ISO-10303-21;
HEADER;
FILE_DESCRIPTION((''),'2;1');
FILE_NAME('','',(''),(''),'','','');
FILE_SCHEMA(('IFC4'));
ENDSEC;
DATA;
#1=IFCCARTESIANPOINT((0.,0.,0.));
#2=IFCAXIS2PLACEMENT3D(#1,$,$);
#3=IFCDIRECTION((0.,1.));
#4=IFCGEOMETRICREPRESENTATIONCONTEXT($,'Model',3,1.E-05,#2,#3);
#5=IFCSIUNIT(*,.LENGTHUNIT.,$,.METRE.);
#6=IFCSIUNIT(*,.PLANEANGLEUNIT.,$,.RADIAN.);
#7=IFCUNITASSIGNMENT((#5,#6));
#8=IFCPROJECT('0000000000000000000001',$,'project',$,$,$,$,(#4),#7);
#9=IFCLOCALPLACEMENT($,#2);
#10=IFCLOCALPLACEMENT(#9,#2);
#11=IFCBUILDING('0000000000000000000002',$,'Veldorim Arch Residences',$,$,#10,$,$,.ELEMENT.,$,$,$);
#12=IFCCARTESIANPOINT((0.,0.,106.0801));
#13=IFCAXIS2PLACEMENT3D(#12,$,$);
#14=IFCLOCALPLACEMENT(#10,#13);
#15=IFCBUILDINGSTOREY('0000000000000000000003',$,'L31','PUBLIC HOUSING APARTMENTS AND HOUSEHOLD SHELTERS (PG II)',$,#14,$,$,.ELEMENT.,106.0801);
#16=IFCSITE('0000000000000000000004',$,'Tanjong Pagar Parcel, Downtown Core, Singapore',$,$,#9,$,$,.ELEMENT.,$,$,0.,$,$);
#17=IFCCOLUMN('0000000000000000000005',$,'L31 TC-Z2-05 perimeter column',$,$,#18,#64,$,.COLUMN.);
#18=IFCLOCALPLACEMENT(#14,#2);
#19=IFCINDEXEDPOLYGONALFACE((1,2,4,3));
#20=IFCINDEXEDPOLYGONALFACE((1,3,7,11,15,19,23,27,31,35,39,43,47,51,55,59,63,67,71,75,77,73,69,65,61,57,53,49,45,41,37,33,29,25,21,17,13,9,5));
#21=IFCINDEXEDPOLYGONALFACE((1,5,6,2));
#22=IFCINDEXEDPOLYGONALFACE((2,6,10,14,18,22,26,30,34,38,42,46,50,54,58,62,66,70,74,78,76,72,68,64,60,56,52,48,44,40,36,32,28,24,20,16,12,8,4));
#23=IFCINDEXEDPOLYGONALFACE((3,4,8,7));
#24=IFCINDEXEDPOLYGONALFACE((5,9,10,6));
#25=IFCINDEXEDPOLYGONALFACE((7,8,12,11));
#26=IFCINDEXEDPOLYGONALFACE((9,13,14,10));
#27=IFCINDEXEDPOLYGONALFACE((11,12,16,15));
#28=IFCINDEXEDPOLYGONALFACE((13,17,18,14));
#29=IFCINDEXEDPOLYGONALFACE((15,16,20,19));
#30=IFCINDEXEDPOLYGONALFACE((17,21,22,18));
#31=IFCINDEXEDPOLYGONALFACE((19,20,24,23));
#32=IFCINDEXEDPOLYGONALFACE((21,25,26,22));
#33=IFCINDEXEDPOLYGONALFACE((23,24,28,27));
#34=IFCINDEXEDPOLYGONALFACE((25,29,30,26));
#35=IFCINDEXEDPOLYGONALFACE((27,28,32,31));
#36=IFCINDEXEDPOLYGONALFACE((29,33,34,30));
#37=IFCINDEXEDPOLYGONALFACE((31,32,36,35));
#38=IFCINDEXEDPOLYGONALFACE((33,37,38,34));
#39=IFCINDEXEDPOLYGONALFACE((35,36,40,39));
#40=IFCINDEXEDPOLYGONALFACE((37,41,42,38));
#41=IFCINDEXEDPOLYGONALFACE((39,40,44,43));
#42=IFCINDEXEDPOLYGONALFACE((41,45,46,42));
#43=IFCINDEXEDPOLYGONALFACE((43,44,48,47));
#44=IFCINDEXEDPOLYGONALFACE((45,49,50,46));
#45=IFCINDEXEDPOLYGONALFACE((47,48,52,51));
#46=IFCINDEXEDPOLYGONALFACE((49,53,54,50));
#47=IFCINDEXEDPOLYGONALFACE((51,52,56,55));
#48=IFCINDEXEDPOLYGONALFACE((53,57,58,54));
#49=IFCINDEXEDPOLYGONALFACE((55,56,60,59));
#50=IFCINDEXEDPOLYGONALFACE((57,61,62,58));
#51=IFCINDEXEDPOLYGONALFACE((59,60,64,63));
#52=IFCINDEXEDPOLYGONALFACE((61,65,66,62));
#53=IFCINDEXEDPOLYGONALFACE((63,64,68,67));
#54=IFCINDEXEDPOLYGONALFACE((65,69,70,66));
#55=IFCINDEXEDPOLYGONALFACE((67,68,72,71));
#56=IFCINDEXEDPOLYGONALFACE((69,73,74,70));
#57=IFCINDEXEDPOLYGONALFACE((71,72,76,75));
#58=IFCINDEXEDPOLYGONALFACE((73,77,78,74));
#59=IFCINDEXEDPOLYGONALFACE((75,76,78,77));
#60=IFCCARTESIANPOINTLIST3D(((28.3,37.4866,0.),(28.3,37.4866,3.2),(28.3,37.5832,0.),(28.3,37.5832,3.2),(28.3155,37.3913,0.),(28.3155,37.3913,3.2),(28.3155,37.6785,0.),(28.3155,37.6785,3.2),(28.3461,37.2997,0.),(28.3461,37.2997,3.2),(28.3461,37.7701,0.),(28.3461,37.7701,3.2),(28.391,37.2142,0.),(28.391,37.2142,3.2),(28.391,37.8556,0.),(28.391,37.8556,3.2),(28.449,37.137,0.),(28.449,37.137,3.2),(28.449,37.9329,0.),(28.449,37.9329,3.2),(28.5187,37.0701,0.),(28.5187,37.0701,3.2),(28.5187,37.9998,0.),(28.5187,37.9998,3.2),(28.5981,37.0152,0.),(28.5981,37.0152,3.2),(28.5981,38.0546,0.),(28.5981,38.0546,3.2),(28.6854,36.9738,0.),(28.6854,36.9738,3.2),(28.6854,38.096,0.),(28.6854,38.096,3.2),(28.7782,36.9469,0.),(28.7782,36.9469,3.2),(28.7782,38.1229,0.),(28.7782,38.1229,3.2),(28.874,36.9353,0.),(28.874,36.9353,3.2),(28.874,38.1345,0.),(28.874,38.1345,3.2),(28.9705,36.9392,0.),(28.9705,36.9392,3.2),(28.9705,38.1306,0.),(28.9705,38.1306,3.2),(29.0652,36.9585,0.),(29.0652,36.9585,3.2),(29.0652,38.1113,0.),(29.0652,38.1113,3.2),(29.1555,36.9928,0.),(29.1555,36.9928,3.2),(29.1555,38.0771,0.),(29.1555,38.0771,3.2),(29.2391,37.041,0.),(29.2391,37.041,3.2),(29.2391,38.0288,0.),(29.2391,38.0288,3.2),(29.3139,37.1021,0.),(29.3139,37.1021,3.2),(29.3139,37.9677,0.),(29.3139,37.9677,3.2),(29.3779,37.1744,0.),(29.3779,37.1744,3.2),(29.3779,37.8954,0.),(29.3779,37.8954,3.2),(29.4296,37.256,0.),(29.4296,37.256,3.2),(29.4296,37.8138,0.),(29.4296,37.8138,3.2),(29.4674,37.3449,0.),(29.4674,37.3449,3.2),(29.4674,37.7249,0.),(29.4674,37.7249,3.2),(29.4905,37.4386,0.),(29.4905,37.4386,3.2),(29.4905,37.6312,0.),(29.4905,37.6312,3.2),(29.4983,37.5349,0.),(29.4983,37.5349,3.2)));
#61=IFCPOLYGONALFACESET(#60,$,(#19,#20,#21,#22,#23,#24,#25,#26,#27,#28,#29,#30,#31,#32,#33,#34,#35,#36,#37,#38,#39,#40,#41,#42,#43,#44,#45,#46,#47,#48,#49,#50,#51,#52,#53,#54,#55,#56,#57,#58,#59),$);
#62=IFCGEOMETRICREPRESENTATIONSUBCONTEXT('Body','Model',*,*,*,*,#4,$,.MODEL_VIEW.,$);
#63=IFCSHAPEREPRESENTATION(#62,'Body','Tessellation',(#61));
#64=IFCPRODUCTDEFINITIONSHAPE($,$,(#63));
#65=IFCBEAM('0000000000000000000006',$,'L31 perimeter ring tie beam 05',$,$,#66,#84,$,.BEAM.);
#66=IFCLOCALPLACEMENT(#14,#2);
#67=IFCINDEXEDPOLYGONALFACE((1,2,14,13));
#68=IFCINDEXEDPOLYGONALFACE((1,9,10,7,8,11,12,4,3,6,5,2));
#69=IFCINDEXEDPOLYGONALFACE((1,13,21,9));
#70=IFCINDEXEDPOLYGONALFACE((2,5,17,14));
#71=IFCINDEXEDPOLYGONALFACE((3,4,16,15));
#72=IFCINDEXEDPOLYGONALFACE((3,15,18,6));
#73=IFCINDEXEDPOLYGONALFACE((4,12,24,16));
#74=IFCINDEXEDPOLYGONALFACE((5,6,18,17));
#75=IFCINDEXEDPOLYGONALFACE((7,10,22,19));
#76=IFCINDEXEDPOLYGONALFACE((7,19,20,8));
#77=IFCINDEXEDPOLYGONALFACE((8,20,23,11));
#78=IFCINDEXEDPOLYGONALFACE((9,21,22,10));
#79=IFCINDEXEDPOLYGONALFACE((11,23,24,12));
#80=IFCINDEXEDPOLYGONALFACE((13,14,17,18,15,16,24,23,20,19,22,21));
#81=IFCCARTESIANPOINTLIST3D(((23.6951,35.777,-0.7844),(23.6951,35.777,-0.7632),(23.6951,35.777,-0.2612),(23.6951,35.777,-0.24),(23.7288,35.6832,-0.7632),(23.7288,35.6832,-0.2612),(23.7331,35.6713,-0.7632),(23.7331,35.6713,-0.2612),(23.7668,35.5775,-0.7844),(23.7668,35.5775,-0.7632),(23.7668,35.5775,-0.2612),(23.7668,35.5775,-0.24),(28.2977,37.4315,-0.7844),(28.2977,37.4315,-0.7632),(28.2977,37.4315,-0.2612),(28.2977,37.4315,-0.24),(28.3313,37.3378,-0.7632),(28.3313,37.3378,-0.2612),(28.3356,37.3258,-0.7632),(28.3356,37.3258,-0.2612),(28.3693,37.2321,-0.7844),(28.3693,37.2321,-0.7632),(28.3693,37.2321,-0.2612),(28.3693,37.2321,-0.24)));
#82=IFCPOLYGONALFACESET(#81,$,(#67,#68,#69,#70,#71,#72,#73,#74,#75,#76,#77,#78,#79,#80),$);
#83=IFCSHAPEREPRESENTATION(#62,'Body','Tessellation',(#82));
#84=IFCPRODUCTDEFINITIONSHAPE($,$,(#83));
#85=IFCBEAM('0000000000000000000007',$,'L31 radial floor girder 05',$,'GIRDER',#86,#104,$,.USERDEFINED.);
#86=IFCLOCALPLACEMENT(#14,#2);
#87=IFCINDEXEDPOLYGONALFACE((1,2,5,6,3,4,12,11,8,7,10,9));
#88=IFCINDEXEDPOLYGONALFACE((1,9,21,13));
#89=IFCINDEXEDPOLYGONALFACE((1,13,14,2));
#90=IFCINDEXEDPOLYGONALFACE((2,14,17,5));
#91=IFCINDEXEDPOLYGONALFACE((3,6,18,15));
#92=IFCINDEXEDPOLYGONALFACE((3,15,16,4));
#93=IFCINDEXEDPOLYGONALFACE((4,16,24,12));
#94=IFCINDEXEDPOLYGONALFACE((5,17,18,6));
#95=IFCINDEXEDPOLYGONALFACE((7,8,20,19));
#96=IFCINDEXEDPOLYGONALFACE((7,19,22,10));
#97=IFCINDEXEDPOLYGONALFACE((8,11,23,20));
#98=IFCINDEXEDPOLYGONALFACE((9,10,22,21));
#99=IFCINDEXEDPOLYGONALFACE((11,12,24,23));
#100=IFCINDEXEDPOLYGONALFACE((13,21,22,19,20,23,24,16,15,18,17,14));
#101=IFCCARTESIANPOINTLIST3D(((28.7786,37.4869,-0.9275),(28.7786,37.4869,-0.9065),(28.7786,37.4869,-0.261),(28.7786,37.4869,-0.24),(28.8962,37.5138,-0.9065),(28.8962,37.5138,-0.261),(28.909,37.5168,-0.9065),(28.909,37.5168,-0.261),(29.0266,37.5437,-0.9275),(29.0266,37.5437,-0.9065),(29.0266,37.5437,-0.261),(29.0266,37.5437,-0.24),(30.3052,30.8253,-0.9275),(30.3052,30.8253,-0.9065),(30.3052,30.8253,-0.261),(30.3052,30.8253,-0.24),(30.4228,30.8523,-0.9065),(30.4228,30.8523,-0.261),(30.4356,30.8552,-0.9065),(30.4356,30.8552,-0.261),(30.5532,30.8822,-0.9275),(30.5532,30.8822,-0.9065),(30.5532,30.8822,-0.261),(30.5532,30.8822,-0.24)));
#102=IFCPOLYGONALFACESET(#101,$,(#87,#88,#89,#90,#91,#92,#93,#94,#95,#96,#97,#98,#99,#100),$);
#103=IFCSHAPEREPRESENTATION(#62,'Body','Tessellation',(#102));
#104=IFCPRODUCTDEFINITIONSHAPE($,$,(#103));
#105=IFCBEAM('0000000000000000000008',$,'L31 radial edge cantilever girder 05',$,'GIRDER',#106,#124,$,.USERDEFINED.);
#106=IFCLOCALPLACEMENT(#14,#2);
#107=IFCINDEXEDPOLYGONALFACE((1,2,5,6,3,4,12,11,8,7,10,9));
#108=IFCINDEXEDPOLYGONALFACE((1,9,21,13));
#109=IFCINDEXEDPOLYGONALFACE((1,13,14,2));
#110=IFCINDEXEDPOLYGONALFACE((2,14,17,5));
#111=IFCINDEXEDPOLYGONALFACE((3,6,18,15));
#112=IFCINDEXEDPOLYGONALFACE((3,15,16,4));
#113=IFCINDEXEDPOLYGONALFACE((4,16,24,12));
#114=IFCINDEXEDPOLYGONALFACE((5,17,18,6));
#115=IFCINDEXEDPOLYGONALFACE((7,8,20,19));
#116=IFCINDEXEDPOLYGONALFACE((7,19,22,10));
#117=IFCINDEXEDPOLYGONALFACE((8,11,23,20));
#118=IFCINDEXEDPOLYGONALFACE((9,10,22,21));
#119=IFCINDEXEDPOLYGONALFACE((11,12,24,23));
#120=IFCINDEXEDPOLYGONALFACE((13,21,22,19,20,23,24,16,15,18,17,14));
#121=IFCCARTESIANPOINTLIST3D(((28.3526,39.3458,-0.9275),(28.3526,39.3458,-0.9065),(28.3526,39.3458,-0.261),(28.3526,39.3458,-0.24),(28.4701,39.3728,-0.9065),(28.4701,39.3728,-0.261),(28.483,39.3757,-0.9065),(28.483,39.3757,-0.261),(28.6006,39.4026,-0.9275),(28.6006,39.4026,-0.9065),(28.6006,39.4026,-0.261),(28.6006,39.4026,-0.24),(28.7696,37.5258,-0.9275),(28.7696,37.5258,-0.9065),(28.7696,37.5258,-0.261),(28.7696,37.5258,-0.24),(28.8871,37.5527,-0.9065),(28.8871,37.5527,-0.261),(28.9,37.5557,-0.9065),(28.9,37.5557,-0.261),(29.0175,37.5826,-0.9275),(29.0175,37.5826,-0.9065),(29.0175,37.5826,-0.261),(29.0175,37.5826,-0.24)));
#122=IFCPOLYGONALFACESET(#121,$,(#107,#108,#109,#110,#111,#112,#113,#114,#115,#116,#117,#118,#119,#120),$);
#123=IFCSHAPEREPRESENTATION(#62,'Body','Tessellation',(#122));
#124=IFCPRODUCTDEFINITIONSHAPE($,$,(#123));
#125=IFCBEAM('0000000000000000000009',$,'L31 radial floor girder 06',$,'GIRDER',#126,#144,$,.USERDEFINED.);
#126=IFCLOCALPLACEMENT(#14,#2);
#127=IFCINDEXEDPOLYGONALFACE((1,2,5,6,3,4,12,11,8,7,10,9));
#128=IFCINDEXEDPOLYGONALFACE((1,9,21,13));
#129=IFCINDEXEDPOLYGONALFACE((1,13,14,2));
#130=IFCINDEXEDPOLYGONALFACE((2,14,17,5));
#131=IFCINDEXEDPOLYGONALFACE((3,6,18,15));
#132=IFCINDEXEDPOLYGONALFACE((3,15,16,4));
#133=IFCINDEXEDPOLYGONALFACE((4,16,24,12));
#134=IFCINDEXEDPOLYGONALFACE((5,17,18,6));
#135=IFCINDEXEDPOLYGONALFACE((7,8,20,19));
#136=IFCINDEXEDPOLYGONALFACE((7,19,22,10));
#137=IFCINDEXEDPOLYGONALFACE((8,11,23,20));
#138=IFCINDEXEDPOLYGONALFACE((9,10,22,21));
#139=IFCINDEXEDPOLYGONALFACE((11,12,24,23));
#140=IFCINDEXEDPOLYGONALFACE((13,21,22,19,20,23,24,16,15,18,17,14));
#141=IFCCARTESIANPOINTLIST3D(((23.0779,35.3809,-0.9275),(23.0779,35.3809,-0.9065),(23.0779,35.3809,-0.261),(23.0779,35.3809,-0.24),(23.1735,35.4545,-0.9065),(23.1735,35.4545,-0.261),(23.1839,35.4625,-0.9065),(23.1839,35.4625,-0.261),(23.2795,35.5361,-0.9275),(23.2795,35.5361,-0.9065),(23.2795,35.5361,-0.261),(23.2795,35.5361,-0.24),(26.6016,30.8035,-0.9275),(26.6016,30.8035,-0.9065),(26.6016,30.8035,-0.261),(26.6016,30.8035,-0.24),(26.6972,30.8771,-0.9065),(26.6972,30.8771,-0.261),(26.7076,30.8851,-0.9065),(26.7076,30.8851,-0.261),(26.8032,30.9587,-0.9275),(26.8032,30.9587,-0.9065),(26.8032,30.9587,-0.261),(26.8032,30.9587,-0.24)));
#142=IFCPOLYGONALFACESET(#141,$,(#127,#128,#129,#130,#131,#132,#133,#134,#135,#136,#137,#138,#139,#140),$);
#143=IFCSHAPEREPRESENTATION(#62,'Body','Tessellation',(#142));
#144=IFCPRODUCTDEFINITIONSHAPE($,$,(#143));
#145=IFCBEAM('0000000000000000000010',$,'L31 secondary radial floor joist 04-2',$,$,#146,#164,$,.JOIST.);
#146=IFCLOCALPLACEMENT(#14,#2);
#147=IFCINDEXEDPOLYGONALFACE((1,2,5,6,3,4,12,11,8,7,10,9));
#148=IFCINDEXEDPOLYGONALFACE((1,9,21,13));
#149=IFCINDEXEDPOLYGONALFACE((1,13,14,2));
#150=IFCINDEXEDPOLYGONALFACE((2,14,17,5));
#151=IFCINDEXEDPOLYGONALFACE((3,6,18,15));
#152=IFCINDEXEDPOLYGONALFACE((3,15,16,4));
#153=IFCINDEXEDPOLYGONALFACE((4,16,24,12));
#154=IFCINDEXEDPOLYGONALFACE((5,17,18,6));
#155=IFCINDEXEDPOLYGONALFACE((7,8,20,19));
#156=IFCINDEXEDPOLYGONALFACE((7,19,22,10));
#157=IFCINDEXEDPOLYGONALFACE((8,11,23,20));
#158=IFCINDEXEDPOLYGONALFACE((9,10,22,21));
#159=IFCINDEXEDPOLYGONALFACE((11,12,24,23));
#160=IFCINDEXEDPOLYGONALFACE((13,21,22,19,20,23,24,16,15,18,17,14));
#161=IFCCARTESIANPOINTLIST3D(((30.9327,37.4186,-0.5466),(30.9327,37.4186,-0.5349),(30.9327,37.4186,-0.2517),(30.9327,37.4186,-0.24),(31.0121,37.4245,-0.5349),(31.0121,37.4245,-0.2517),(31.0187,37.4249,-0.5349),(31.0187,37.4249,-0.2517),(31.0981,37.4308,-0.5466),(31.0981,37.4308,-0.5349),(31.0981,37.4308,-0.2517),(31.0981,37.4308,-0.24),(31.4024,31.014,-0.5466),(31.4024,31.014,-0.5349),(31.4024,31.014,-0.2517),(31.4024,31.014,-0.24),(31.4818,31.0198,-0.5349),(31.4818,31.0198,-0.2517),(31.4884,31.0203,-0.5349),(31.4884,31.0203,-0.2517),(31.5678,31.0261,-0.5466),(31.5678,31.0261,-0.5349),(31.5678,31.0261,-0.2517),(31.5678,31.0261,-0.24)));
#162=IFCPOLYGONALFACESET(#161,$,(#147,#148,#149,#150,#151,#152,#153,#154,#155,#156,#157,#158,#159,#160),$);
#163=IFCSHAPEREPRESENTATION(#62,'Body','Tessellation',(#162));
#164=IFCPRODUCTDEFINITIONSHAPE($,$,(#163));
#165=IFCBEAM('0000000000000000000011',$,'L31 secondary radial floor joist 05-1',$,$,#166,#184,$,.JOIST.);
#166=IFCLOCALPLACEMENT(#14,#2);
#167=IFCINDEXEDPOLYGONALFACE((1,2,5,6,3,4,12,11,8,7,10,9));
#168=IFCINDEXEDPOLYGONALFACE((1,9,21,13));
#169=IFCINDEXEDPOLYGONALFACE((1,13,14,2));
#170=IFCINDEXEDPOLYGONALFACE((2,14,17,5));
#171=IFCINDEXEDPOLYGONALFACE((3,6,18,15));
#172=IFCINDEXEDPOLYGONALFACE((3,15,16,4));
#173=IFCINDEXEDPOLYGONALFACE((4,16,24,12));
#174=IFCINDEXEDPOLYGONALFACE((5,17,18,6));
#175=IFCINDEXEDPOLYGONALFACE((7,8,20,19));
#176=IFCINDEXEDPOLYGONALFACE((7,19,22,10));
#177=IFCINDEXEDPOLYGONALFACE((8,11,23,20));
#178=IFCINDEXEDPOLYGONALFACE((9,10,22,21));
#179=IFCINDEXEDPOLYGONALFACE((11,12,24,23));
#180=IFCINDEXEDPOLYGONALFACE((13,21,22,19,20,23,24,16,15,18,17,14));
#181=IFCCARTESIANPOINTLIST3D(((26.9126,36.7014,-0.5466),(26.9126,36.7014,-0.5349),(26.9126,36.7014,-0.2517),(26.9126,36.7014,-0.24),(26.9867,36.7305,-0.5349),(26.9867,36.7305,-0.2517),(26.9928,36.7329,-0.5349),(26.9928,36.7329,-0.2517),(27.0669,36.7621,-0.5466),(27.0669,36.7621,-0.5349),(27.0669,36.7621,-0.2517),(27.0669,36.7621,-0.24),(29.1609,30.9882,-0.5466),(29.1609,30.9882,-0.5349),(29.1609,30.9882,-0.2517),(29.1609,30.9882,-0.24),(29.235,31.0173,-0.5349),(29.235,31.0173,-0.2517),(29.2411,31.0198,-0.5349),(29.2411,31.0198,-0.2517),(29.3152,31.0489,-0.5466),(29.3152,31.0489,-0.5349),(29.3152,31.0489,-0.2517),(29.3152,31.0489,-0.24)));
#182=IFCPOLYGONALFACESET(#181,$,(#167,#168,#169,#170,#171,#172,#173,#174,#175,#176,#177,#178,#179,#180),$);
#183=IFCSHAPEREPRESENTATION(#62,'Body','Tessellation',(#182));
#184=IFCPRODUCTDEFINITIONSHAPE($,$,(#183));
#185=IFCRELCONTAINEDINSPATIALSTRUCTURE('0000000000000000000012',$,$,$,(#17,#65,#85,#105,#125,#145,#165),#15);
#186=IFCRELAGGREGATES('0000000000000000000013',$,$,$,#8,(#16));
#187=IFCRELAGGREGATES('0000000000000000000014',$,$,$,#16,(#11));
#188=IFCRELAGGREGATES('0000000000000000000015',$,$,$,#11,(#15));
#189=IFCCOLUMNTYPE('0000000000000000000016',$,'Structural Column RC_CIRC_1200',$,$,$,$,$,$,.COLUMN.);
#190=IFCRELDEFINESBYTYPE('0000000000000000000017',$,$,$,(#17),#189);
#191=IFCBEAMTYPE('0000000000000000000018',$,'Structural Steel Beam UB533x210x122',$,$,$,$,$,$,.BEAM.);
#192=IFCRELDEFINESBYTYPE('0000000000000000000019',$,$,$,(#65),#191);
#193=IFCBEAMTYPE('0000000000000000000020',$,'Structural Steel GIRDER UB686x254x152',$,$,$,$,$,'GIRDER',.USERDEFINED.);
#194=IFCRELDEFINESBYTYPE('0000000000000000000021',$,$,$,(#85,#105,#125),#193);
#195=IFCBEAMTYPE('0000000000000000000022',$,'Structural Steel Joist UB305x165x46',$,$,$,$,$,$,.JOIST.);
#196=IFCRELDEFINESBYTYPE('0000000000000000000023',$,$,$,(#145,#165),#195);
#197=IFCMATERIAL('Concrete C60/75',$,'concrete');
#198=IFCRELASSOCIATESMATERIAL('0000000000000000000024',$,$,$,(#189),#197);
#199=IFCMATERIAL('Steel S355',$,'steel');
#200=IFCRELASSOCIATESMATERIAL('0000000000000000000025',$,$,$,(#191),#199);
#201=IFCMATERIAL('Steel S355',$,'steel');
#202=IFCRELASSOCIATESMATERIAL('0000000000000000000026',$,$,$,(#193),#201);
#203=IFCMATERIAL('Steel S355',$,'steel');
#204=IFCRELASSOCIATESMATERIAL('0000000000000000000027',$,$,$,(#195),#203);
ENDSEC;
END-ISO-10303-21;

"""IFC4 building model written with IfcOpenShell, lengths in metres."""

from ifc_helpers import new_model, si_unit, direction, frame, origin, origin_2d, place, context, subcontext, project, spatial, circle, i_section, extrude, material, material_profile, profile_set, type_object, element, save


model = new_model("IFC4")

# Units and contexts
model_context = context("Model", 3, precision=1e-05, world=origin(), true_north=direction((0.0, 1.0)))
body_context = subcontext(model_context, "Body", "Model", "MODEL_VIEW")
ifc_project = project(units=[si_unit("LENGTHUNIT", "METRE"), si_unit("PLANEANGLEUNIT", "RADIAN")], contexts=[model_context])

# Site, building, storey
site_placement = place(None, origin())
site = spatial("IfcSite", under=ifc_project, at=site_placement, Name="Tanjong Pagar Parcel, Downtown Core, Singapore", CompositionType="ELEMENT", RefElevation=0.0)
building_placement = place(site_placement, origin())
building = spatial("IfcBuilding", under=site, at=building_placement, Name="Veldorim Arch Residences", CompositionType="ELEMENT")
storey_placement = place(building_placement, frame((0.0, 0.0, 106.0801)))
storey = spatial("IfcBuildingStorey", under=building, at=storey_placement, Name="L31", Description="PUBLIC HOUSING APARTMENTS AND HOUSEHOLD SHELTERS (PG II)", CompositionType="ELEMENT", Elevation=106.0801)

# Column
ifc_material_1 = material(Name="Concrete C60/75", Category="concrete")
ifc_material_profile_1 = material_profile(ifc_material_1, circle(Radius=0.6001, at=origin_2d()), Name="RC_CIRC_1200")
ifc_profile_set_1 = profile_set([ifc_material_profile_1], Name="Concrete C60/75")
column_type = type_object("IfcColumnType", Name="Structural Column RC_CIRC_1200", PredefinedType="COLUMN", material=ifc_profile_set_1)
column_placement = place(storey_placement, frame((28.8982, 37.5349, 0.0), z_axis=(0.0, 0.0, 1.0), x_axis=(1.0, 0.0, 0.0)))
element("IfcColumn", 1, at=column_placement, inside=storey, type_object=column_type, Name="L31 TC-Z2-05 perimeter column", PredefinedType="COLUMN", context=body_context, shape_type="SweptSolid", body=[
    extrude(circle(Radius=0.6001, at=origin_2d()), origin(), (0.0, 0.0, 1.0), 3.2),
])

# Beams
ifc_material_2 = material(Name="Steel S355", Category="steel")
ifc_material_profile_2 = material_profile(ifc_material_2, i_section(OverallWidth=0.2119, OverallDepth=0.5444, WebThickness=0.0127, FlangeThickness=0.0212, at=origin_2d()), Name="UB533x210x122")
ifc_profile_set_2 = profile_set([ifc_material_profile_2], Name="Steel S355")
beam_type_1 = type_object("IfcBeamType", Name="Structural Steel Beam UB533x210x122", PredefinedType="BEAM", material=ifc_profile_set_2)
beam_1_placement = place(storey_placement, frame((28.3335, 37.3318, -0.5122), z_axis=(-0.941042, -0.33829, 0.0), x_axis=(0.33829, -0.941042, 0.0)))
element("IfcBeam", 2, at=beam_1_placement, inside=storey, type_object=beam_type_1, Name="L31 perimeter ring tie beam 05", PredefinedType="BEAM", context=body_context, shape_type="SweptSolid", body=[
    extrude(i_section(OverallWidth=0.2119, OverallDepth=0.5444, WebThickness=0.0127, FlangeThickness=0.0212, at=origin_2d()), origin(), (0.0, 0.0, 1.0), 4.8909),
])
ifc_material_3 = material(Name="Steel S355", Category="steel")
ifc_material_profile_3 = material_profile(ifc_material_3, i_section(OverallWidth=0.2544, OverallDepth=0.6875, WebThickness=0.0132, FlangeThickness=0.021, at=origin_2d()), Name="UB686x254x152")
ifc_profile_set_3 = profile_set([ifc_material_profile_3], Name="Steel S355")
beam_type_2 = type_object("IfcBeamType", Name="Structural Steel GIRDER UB686x254x152", ElementType="GIRDER", PredefinedType="USERDEFINED", material=ifc_profile_set_3)
beam_2_placement = place(storey_placement, frame((30.4292, 30.8538, -0.5837), z_axis=(-0.223375, 0.974733, 0.0), x_axis=(-0.974733, -0.223375, 0.0)))
element("IfcBeam", 3, at=beam_2_placement, inside=storey, type_object=beam_type_2, Name="L31 radial floor girder 05", ObjectType="GIRDER", PredefinedType="USERDEFINED", context=body_context, shape_type="SweptSolid", body=[
    extrude(i_section(OverallWidth=0.2544, OverallDepth=0.6875, WebThickness=0.0132, FlangeThickness=0.021, at=origin_2d()), origin(), (0.0, 0.0, 1.0), 6.8342),
])
beam_3_placement = place(storey_placement, frame((28.8936, 37.5542, -0.5837), z_axis=(-0.223322, 0.974745, 0.0), x_axis=(-0.974745, -0.223322, 0.0)))
element("IfcBeam", 4, at=beam_3_placement, inside=storey, type_object=beam_type_2, Name="L31 radial edge cantilever girder 05", ObjectType="GIRDER", PredefinedType="USERDEFINED", context=body_context, shape_type="SweptSolid", body=[
    extrude(i_section(OverallWidth=0.2544, OverallDepth=0.6875, WebThickness=0.0132, FlangeThickness=0.021, at=origin_2d()), origin(), (0.0, 0.0, 1.0), 1.8672),
])
beam_4_placement = place(storey_placement, frame((26.7024, 30.8811, -0.5837), z_axis=(-0.609995, 0.792406, 0.0), x_axis=(-0.792406, -0.609995, 0.0)))
element("IfcBeam", 5, at=beam_4_placement, inside=storey, type_object=beam_type_2, Name="L31 radial floor girder 06", ObjectType="GIRDER", PredefinedType="USERDEFINED", context=body_context, shape_type="SweptSolid", body=[
    extrude(i_section(OverallWidth=0.2544, OverallDepth=0.6875, WebThickness=0.0132, FlangeThickness=0.021, at=origin_2d()), origin(), (0.0, 0.0, 1.0), 5.7766),
])
ifc_material_4 = material(Name="Steel S355", Category="steel")
ifc_material_profile_4 = material_profile(ifc_material_4, i_section(OverallWidth=0.1658, OverallDepth=0.3066, WebThickness=0.0066, FlangeThickness=0.0117, at=origin_2d()), Name="UB305x165x46")
ifc_profile_set_4 = profile_set([ifc_material_profile_4], Name="Steel S355")
beam_type_3 = type_object("IfcBeamType", Name="Structural Steel Joist UB305x165x46", PredefinedType="JOIST", material=ifc_profile_set_4)
beam_5_placement = place(storey_placement, frame((31.4851, 31.02, -0.3933), z_axis=(-0.073143, 0.997321, 0.0), x_axis=(-0.997321, -0.073143, 0.0)))
element("IfcBeam", 6, at=beam_5_placement, inside=storey, type_object=beam_type_3, Name="L31 secondary radial floor joist 04-2", PredefinedType="JOIST", context=body_context, shape_type="SweptSolid", body=[
    extrude(i_section(OverallWidth=0.1658, OverallDepth=0.3066, WebThickness=0.0066, FlangeThickness=0.0117, at=origin_2d()), origin(), (0.0, 0.0, 1.0), 6.4219),
])
beam_6_placement = place(storey_placement, frame((29.238, 31.0186, -0.3933), z_axis=(-0.366195, 0.930538, 0.0), x_axis=(-0.930538, -0.366195, 0.0)))
element("IfcBeam", 7, at=beam_6_placement, inside=storey, type_object=beam_type_3, Name="L31 secondary radial floor joist 05-1", PredefinedType="JOIST", context=body_context, shape_type="SweptSolid", body=[
    extrude(i_section(OverallWidth=0.1658, OverallDepth=0.3066, WebThickness=0.0066, FlangeThickness=0.0117, at=origin_2d()), origin(), (0.0, 0.0, 1.0), 6.1396),
])

save(model, "model.ifc")
